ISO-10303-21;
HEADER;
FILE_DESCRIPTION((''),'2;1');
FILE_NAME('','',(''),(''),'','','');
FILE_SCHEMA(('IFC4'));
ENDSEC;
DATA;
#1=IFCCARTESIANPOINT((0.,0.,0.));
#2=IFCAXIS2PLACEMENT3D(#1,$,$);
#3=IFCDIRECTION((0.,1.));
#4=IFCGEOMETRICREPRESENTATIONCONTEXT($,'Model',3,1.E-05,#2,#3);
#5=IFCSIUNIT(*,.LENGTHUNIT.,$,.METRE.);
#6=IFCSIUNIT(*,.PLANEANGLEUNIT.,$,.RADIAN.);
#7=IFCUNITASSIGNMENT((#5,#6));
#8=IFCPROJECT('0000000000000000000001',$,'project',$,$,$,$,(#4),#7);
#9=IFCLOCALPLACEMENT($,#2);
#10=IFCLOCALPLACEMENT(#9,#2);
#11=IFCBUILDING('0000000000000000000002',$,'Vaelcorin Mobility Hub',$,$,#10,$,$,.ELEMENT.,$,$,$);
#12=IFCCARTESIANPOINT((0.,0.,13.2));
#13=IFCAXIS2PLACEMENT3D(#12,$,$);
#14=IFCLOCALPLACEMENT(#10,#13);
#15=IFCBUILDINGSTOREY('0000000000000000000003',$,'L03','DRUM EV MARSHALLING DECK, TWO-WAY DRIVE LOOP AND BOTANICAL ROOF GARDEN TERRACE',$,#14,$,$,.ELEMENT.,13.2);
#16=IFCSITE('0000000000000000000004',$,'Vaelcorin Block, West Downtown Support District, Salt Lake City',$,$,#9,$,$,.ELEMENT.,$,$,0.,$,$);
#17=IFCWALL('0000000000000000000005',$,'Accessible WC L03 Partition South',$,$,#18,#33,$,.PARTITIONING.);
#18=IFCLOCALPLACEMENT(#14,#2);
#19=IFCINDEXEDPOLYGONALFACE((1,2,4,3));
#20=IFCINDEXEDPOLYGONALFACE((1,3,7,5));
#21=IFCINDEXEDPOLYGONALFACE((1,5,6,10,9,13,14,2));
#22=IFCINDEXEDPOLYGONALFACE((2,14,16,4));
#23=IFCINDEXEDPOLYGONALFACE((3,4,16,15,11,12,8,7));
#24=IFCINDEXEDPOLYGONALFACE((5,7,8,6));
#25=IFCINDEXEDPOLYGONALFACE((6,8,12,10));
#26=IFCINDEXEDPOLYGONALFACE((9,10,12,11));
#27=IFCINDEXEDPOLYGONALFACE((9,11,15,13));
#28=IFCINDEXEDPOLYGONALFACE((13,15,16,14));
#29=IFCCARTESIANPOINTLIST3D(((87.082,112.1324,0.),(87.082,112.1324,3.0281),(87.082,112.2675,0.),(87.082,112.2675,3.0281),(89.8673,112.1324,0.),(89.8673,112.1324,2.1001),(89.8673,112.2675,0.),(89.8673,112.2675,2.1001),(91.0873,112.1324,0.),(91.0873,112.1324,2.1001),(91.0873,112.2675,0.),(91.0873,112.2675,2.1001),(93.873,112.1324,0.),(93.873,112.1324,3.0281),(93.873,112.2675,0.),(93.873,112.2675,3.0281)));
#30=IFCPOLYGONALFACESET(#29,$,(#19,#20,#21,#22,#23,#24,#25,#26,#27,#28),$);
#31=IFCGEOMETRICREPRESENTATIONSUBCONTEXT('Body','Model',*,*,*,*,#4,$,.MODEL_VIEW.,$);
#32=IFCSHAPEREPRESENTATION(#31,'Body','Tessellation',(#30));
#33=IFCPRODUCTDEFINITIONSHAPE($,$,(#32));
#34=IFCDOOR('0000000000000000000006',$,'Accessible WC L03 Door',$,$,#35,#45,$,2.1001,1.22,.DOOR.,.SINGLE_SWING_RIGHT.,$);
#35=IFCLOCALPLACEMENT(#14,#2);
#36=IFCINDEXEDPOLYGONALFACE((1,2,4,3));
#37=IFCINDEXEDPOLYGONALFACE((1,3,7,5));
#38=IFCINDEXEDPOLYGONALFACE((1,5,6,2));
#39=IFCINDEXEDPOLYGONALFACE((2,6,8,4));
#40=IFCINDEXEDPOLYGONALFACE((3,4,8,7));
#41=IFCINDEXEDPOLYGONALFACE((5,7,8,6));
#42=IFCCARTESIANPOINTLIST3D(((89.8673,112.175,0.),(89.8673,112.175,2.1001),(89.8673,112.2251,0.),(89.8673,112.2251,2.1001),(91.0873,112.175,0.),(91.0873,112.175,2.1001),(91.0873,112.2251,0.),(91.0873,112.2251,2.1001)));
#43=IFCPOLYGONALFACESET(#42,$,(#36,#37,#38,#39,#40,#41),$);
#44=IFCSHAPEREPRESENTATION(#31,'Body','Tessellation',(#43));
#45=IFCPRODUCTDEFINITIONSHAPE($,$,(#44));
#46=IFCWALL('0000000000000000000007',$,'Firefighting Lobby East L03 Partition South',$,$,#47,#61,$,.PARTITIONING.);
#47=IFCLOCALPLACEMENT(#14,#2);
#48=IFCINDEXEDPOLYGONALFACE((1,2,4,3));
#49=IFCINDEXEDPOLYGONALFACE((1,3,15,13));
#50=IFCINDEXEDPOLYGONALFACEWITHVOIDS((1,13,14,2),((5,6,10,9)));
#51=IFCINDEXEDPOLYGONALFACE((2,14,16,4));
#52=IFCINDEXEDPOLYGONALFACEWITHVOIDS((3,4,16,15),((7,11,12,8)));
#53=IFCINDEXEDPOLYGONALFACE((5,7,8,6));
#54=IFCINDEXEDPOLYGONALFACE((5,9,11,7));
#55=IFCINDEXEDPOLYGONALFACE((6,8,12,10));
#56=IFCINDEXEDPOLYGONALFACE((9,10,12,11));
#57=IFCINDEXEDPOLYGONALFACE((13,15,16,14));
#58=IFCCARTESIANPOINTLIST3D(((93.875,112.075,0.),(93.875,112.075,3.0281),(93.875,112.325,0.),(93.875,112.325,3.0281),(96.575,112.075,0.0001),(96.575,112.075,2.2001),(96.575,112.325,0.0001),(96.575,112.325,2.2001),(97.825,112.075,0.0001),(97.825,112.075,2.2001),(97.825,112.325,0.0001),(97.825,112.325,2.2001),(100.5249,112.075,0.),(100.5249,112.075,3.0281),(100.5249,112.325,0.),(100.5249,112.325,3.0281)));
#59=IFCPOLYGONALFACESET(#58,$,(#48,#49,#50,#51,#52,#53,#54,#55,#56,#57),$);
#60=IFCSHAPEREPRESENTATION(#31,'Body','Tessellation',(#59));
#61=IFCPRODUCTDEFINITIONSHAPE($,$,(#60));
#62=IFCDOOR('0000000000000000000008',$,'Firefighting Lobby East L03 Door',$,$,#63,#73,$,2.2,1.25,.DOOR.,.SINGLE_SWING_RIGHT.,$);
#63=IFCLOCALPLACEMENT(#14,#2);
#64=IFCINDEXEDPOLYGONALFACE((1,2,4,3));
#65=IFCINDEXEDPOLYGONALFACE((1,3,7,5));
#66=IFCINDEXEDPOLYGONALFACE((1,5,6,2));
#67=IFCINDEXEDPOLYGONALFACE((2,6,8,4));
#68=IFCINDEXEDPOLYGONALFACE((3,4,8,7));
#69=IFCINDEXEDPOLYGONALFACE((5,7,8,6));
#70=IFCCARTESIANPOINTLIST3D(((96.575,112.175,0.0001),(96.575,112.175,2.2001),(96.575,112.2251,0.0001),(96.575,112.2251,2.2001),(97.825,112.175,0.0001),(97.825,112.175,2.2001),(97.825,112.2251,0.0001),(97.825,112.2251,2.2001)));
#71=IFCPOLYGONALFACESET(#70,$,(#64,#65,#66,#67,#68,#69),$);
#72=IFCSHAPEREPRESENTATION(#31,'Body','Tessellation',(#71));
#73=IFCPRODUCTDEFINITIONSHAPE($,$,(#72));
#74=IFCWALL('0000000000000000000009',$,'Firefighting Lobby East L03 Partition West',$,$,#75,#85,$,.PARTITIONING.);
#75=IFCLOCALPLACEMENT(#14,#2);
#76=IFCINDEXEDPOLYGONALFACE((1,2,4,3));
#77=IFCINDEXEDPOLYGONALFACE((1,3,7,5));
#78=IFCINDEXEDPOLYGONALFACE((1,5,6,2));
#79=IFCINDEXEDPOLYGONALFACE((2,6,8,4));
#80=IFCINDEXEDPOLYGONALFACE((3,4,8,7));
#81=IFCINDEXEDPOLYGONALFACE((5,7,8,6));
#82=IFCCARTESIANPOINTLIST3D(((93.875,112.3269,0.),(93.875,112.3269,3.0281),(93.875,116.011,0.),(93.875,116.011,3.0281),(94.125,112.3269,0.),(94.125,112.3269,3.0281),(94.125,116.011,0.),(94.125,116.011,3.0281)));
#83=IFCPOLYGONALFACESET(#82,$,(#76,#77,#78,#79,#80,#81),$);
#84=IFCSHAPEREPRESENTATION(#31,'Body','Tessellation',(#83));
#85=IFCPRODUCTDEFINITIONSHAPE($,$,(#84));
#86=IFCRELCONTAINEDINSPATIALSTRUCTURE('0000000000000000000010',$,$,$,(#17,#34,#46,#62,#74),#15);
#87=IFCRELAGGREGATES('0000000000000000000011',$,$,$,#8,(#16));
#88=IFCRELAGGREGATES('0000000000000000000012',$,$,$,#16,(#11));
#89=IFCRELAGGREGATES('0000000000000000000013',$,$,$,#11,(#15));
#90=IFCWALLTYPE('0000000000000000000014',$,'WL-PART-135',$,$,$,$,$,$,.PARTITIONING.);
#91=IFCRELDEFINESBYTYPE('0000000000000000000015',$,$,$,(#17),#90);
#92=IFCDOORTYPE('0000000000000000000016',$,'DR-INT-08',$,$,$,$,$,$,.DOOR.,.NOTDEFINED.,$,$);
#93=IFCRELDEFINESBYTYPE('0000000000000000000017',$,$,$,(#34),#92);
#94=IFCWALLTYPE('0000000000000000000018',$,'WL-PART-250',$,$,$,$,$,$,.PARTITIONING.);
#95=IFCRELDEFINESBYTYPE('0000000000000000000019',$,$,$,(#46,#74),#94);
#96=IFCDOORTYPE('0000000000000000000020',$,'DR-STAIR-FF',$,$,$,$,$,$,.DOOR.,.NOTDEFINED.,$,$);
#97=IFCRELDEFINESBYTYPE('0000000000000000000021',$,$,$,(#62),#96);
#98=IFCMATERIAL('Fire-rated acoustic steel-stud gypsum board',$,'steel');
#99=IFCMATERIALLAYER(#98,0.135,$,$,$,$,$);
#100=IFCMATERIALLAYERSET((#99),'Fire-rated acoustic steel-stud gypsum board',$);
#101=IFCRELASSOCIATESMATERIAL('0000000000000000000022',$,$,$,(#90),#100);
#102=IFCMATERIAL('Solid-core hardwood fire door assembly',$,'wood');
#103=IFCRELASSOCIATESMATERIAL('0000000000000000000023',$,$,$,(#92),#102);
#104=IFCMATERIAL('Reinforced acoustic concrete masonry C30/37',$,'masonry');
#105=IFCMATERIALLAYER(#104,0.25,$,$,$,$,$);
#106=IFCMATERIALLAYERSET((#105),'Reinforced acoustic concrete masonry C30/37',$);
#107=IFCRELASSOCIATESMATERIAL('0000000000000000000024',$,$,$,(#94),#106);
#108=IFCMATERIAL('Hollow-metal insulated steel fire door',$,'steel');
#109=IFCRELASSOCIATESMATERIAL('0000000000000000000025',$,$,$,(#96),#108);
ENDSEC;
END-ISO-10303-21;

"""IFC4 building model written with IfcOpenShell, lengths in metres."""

from ifc_helpers import new_model, si_unit, direction, frame, frame_2d, origin, place, context, subcontext, project, spatial, rectangle, extrude, material, layer, layer_set, type_object, element, fill, save


model = new_model("IFC4")

# Units and contexts
model_context = context("Model", 3, precision=1e-05, world=origin(), true_north=direction((0.0, 1.0)))
body_context = subcontext(model_context, "Body", "Model", "MODEL_VIEW")
ifc_project = project(units=[si_unit("LENGTHUNIT", "METRE"), si_unit("PLANEANGLEUNIT", "RADIAN")], contexts=[model_context])

# Site, building, storey
site_placement = place(None, origin())
site = spatial("IfcSite", under=ifc_project, at=site_placement, Name="Vaelcorin Block, West Downtown Support District, Salt Lake City", CompositionType="ELEMENT", RefElevation=0.0)
building_placement = place(site_placement, origin())
building = spatial("IfcBuilding", under=site, at=building_placement, Name="Vaelcorin Mobility Hub", CompositionType="ELEMENT")
storey_placement = place(building_placement, frame((0.0, 0.0, 13.2)))
storey = spatial("IfcBuildingStorey", under=building, at=storey_placement, Name="L03", Description="DRUM EV MARSHALLING DECK, TWO-WAY DRIVE LOOP AND BOTANICAL ROOF GARDEN TERRACE", CompositionType="ELEMENT", Elevation=13.2)

# Walls, openings, doors
ifc_material_1 = material(Name="Fire-rated acoustic steel-stud gypsum board", Category="steel")
ifc_layer_1 = layer(ifc_material_1, 0.135)
ifc_layer_set_1 = layer_set([ifc_layer_1], Name="Fire-rated acoustic steel-stud gypsum board")
wall_type_1 = type_object("IfcWallType", Name="WL-PART-135", PredefinedType="PARTITIONING", material=ifc_layer_set_1)
wall_1_placement = place(storey_placement, frame((93.873, 112.2, 0.0), z_axis=(0.0, 0.0, 1.0), x_axis=(-1.0, 0.0, 0.0)))
wall_1 = element("IfcWall", 1, at=wall_1_placement, inside=storey, type_object=wall_type_1, Name="Accessible WC L03 Partition South", PredefinedType="PARTITIONING", context=body_context, shape_type="SweptSolid", body=[
    extrude(rectangle(XDim=6.791, YDim=0.135, at=frame_2d((3.3955, 0.0))), origin(), (0.0, 0.0, 1.0), 3.0281),
])
opening_1_placement = place(wall_1_placement, frame((2.7859, 0.0, 0.0)))
opening_1 = element("IfcOpeningElement", 2, at=opening_1_placement, cuts=wall_1, PredefinedType="OPENING", context=body_context, shape_type="SweptSolid", body=[
    extrude(rectangle(XDim=1.22, YDim=2.1001, at=frame_2d((0.6099, 1.05))), frame((0.0, 0.0774, 0.0), z_axis=(0.0, -1.0, 0.0), x_axis=(1.0, 0.0, 0.0)), (0.0, 0.0, 1.0), 0.155),
])
ifc_material_2 = material(Name="Solid-core hardwood fire door assembly", Category="wood")
door_type_1 = type_object("IfcDoorType", Name="DR-INT-08", OperationType="NOTDEFINED", PredefinedType="DOOR", material=ifc_material_2)
door_1_placement = place(opening_1_placement, origin())
door_1 = element("IfcDoor", 3, at=door_1_placement, inside=storey, type_object=door_type_1, Name="Accessible WC L03 Door", OperationType="SINGLE_SWING_RIGHT", OverallHeight=2.1001, OverallWidth=1.22, PredefinedType="DOOR", context=body_context, shape_type="SweptSolid", body=[
    extrude(rectangle(XDim=1.22, YDim=2.1001, at=frame_2d((0.6099, 1.05))), frame((0.0, 0.0249, 0.0), z_axis=(0.0, -1.0, 0.0), x_axis=(1.0, 0.0, 0.0)), (0.0, 0.0, 1.0), 0.05),
])
fill(opening_1, door_1)
ifc_material_3 = material(Name="Reinforced acoustic concrete masonry C30/37", Category="masonry")
ifc_layer_2 = layer(ifc_material_3, 0.25)
ifc_layer_set_2 = layer_set([ifc_layer_2], Name="Reinforced acoustic concrete masonry C30/37")
wall_type_2 = type_object("IfcWallType", Name="WL-PART-250", PredefinedType="PARTITIONING", material=ifc_layer_set_2)
wall_2_placement = place(storey_placement, frame((100.5249, 112.2, 0.0), z_axis=(0.0, 0.0, 1.0), x_axis=(-1.0, 0.0, 0.0)))
wall_2 = element("IfcWall", 4, at=wall_2_placement, inside=storey, type_object=wall_type_2, Name="Firefighting Lobby East L03 Partition South", PredefinedType="PARTITIONING", context=body_context, shape_type="SweptSolid", body=[
    extrude(rectangle(XDim=6.6499, YDim=0.25, at=frame_2d((3.325, 0.0))), origin(), (0.0, 0.0, 1.0), 3.0281),
])
opening_2_placement = place(wall_2_placement, frame((2.7, 0.0, 0.0)))
opening_2 = element("IfcOpeningElement", 5, at=opening_2_placement, cuts=wall_2, PredefinedType="OPENING", context=body_context, shape_type="SweptSolid", body=[
    extrude(rectangle(XDim=1.25, YDim=2.2, at=frame_2d((0.625, 1.1001))), frame((0.0, 0.135, 0.0), z_axis=(0.0, -1.0, 0.0), x_axis=(1.0, 0.0, 0.0)), (0.0, 0.0, 1.0), 0.27),
])
ifc_material_4 = material(Name="Hollow-metal insulated steel fire door", Category="steel")
door_type_2 = type_object("IfcDoorType", Name="DR-STAIR-FF", OperationType="NOTDEFINED", PredefinedType="DOOR", material=ifc_material_4)
door_2_placement = place(opening_2_placement, origin())
door_2 = element("IfcDoor", 6, at=door_2_placement, inside=storey, type_object=door_type_2, Name="Firefighting Lobby East L03 Door", OperationType="SINGLE_SWING_RIGHT", OverallHeight=2.2, OverallWidth=1.25, PredefinedType="DOOR", context=body_context, shape_type="SweptSolid", body=[
    extrude(rectangle(XDim=1.25, YDim=2.2, at=frame_2d((0.625, 1.1001))), frame((0.0, 0.0249, 0.0), z_axis=(0.0, -1.0, 0.0), x_axis=(1.0, 0.0, 0.0)), (0.0, 0.0, 1.0), 0.05),
])
fill(opening_2, door_2)

# Wall
wall_3_placement = place(storey_placement, frame((94.0, 112.3269, 0.0), z_axis=(0.0, 0.0, 1.0), x_axis=(0.0, 1.0, 0.0)))
element("IfcWall", 7, at=wall_3_placement, inside=storey, type_object=wall_type_2, Name="Firefighting Lobby East L03 Partition West", PredefinedType="PARTITIONING", context=body_context, shape_type="SweptSolid", body=[
    extrude(rectangle(XDim=3.6841, YDim=0.25, at=frame_2d((1.842, 0.0))), origin(), (0.0, 0.0, 1.0), 3.0281),
])

save(model, "model.ifc")
